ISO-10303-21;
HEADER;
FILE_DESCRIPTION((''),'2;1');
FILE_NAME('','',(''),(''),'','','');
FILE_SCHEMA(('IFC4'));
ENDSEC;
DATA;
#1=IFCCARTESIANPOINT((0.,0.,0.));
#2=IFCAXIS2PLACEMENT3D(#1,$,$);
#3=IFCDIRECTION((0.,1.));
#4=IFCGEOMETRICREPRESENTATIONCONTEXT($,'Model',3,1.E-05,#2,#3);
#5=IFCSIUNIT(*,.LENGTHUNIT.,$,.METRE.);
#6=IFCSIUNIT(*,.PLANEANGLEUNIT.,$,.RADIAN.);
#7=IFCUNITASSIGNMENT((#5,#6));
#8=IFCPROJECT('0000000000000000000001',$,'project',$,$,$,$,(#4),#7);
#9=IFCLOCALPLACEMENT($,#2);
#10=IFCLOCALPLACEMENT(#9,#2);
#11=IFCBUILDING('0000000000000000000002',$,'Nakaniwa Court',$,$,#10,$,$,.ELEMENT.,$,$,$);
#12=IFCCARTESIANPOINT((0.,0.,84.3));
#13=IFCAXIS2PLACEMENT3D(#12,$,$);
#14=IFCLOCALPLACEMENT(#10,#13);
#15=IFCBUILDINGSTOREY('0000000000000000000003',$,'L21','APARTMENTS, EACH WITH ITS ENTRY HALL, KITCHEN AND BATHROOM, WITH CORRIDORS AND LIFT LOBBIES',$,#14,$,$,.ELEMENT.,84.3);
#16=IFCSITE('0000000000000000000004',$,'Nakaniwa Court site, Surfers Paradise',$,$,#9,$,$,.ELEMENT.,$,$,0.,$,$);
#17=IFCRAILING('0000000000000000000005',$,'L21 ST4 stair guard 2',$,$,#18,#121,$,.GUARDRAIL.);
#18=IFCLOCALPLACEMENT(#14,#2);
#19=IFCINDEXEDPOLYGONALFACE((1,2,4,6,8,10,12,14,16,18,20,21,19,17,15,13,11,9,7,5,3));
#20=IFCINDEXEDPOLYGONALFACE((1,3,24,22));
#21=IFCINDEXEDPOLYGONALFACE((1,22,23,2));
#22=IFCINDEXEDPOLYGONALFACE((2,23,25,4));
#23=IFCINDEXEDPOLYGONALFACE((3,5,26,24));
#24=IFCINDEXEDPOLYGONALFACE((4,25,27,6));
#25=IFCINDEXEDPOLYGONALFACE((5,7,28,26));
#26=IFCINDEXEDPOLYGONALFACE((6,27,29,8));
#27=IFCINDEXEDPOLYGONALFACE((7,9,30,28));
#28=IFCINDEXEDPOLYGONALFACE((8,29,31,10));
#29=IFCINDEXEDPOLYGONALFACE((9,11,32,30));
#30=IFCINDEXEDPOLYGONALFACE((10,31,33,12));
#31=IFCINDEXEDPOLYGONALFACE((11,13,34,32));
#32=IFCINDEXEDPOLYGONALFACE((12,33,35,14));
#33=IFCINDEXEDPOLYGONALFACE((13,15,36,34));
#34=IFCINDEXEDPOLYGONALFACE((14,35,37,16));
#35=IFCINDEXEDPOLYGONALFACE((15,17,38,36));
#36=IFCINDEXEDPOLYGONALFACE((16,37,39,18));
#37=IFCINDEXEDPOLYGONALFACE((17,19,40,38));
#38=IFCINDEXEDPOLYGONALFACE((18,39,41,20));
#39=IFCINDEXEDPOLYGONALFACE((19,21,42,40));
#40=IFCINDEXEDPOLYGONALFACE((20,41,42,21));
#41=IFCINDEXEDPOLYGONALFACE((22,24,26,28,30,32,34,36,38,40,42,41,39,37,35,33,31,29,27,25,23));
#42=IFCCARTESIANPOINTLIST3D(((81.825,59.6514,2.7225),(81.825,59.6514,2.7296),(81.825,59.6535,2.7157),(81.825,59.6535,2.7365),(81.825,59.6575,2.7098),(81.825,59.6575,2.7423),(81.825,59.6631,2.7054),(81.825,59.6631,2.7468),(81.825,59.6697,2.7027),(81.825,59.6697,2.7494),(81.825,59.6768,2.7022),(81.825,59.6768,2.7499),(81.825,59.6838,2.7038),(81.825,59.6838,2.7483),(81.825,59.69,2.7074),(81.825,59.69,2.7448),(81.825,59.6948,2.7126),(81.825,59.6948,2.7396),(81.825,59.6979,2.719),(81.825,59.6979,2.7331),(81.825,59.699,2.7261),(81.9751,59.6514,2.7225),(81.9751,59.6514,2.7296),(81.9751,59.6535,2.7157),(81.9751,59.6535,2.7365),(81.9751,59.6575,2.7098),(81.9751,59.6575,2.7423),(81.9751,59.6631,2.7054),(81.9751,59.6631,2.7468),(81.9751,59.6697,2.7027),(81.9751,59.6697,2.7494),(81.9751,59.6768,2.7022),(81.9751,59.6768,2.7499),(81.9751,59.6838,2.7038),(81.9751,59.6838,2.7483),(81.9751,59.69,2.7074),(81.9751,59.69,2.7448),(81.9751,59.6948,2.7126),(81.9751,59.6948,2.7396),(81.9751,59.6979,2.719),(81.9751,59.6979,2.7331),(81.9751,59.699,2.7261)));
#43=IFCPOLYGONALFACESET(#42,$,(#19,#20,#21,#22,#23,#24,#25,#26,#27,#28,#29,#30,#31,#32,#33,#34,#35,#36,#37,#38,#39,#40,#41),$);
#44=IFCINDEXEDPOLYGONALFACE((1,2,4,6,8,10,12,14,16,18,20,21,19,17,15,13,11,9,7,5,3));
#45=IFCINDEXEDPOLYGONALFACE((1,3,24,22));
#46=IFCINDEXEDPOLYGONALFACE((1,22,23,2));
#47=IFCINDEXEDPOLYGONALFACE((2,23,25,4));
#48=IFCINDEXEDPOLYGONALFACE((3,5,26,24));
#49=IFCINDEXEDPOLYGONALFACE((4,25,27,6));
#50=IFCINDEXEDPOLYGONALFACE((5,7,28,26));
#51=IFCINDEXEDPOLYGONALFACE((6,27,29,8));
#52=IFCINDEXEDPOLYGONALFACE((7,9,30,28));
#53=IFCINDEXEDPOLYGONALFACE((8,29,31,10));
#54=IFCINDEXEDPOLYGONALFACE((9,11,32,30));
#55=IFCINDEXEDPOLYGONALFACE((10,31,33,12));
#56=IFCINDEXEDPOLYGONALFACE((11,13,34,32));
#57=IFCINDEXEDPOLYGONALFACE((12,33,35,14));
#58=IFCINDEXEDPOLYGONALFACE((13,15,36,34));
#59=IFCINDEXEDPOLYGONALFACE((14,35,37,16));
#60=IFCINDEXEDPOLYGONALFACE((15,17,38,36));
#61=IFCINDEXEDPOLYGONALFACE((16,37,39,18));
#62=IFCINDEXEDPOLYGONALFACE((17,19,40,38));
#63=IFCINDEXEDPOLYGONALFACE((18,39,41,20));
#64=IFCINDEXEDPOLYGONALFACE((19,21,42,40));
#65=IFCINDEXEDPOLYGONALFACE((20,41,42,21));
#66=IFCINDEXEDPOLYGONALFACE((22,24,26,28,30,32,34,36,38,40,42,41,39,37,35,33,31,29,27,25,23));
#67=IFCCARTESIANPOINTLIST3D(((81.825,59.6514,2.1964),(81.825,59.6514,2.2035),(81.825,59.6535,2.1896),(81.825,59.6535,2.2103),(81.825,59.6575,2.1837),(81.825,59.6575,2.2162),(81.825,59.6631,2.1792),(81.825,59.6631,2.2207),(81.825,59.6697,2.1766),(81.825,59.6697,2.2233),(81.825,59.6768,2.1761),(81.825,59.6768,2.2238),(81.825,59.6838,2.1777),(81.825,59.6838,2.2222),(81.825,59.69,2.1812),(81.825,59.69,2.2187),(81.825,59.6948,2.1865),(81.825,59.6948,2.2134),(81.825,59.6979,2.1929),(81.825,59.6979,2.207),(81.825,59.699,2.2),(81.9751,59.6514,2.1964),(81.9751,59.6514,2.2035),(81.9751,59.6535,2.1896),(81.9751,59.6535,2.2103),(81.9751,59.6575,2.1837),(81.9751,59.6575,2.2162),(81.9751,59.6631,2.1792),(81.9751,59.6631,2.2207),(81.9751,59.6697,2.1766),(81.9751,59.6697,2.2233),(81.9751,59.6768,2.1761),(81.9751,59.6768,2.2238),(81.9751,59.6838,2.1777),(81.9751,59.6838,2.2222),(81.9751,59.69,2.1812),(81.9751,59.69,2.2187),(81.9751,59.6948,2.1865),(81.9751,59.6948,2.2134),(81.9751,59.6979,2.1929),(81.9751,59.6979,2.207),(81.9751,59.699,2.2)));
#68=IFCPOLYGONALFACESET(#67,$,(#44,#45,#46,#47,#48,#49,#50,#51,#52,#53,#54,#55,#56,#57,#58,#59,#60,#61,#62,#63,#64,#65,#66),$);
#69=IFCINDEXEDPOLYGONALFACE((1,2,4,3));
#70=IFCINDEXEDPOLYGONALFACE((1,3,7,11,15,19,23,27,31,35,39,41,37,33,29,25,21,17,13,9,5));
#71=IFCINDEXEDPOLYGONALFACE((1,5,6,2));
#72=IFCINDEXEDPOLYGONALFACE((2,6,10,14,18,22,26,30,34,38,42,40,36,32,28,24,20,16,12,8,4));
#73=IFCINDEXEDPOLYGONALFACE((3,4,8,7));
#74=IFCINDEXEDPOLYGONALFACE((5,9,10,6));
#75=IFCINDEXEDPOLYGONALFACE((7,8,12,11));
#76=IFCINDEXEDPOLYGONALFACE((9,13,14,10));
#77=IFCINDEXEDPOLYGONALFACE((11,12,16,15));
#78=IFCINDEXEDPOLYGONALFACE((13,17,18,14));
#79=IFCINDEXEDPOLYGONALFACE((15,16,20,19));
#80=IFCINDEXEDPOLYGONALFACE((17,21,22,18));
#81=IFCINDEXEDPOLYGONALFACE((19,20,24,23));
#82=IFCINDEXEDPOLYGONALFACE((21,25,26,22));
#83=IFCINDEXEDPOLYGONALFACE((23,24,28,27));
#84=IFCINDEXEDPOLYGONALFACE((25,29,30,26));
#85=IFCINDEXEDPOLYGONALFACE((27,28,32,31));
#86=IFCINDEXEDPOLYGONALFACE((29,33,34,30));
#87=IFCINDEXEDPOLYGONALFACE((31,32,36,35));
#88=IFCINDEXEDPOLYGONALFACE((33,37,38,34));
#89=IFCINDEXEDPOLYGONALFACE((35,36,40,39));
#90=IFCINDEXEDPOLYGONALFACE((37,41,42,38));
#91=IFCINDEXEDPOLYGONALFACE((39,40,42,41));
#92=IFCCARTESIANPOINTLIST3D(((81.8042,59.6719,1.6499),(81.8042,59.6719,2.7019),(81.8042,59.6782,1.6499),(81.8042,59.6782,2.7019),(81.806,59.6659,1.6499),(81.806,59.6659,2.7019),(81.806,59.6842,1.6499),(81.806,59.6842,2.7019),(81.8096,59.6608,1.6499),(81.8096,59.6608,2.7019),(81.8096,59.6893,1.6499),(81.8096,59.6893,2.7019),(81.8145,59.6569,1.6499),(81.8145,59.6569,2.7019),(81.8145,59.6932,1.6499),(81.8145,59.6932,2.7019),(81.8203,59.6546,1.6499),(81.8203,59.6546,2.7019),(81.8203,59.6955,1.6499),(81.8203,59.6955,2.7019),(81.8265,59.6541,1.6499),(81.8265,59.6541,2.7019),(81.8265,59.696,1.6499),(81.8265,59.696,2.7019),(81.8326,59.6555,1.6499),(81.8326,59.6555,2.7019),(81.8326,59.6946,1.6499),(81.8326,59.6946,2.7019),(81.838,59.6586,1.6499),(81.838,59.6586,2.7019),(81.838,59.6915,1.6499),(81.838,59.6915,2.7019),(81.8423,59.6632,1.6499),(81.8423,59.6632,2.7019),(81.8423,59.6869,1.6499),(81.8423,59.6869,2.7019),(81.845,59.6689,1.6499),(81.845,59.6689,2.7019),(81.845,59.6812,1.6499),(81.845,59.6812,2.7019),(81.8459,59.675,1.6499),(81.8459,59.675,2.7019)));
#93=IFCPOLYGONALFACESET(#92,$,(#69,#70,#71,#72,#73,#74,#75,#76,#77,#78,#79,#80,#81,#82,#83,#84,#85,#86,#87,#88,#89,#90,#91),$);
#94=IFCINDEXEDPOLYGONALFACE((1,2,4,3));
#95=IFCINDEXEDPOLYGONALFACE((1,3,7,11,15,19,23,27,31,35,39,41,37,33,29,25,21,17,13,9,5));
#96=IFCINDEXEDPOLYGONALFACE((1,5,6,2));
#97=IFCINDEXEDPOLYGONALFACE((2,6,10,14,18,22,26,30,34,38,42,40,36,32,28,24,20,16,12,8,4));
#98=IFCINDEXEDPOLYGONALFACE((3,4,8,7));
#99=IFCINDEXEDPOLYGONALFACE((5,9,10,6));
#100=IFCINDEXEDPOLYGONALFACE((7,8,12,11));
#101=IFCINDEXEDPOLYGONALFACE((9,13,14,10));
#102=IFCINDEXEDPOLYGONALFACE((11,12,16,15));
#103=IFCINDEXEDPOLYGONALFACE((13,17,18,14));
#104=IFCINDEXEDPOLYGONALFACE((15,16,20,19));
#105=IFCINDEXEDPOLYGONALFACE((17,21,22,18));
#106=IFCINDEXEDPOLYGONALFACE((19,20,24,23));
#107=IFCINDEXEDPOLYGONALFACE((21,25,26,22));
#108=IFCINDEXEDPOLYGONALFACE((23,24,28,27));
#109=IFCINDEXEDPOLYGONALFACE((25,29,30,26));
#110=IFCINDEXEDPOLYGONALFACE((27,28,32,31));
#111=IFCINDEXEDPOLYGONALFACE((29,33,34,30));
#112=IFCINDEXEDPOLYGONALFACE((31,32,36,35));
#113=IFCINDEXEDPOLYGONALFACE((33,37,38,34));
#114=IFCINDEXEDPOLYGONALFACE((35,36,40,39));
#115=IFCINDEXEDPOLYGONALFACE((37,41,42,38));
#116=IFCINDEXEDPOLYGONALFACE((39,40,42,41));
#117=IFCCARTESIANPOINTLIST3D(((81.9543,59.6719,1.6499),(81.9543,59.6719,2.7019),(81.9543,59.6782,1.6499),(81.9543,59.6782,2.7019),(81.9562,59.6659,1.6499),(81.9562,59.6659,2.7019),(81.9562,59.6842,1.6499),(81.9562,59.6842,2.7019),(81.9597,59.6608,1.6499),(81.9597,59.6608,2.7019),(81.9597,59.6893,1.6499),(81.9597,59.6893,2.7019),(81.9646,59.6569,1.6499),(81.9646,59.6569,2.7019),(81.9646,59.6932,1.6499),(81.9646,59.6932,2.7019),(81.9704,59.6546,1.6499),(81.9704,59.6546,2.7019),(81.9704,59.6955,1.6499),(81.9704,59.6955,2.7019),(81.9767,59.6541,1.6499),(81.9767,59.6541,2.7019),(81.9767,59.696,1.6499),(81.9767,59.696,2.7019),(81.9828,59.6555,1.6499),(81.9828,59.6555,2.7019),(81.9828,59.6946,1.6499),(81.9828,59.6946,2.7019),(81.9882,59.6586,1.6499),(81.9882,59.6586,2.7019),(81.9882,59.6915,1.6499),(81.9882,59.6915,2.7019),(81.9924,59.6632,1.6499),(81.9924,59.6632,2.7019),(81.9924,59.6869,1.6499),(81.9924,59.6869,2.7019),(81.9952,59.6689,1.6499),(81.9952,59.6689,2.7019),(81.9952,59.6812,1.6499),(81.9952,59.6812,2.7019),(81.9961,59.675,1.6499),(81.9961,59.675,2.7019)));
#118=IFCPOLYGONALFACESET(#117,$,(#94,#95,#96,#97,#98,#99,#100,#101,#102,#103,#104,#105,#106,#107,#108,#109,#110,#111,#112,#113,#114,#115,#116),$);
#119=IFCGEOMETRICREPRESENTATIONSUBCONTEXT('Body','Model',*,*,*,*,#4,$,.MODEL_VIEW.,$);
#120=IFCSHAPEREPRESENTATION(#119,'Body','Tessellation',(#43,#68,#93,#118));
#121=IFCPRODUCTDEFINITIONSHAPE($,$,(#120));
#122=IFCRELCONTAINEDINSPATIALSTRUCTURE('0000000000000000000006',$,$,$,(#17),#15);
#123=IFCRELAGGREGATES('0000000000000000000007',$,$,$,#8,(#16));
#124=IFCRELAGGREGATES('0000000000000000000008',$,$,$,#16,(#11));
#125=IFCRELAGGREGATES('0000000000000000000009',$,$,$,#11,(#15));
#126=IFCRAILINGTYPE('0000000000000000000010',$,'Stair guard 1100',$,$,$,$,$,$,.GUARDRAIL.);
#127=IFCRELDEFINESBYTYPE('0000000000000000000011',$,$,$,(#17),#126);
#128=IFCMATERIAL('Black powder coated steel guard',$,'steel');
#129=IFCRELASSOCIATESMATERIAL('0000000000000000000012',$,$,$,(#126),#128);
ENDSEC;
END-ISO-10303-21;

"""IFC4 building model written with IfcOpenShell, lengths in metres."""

from ifc_helpers import new_model, si_unit, direction, frame, origin, origin_2d, place, context, subcontext, project, spatial, circle, extrude, material, type_object, element, save


model = new_model("IFC4")

# Units and contexts
model_context = context("Model", 3, precision=1e-05, world=origin(), true_north=direction((0.0, 1.0)))
body_context = subcontext(model_context, "Body", "Model", "MODEL_VIEW")
ifc_project = project(units=[si_unit("LENGTHUNIT", "METRE"), si_unit("PLANEANGLEUNIT", "RADIAN")], contexts=[model_context])

# Site, building, storey
site_placement = place(None, origin())
site = spatial("IfcSite", under=ifc_project, at=site_placement, Name="Nakaniwa Court site, Surfers Paradise", CompositionType="ELEMENT", RefElevation=0.0)
building_placement = place(site_placement, origin())
building = spatial("IfcBuilding", under=site, at=building_placement, Name="Nakaniwa Court", CompositionType="ELEMENT")
storey_placement = place(building_placement, frame((0.0, 0.0, 84.3)))
storey = spatial("IfcBuildingStorey", under=building, at=storey_placement, Name="L21", Description="APARTMENTS, EACH WITH ITS ENTRY HALL, KITCHEN AND BATHROOM, WITH CORRIDORS AND LIFT LOBBIES", CompositionType="ELEMENT", Elevation=84.3)

# Railing
ifc_material_1 = material(Name="Black powder coated steel guard", Category="steel")
railing_type_1 = type_object("IfcRailingType", Name="Stair guard 1100", PredefinedType="GUARDRAIL", material=ifc_material_1)
railing_1_placement = place(storey_placement, frame((81.825, 59.675, 1.6499)))
element("IfcRailing", 1, at=railing_1_placement, inside=storey, type_object=railing_type_1, Name="L21 ST4 stair guard 2", PredefinedType="GUARDRAIL", context=body_context, shape_type="SweptSolid", body=[
    extrude(circle(Radius=0.0239, at=origin_2d()), frame((0.0, 0.0, 1.0762), z_axis=(1.0, 0.0, 0.0), x_axis=(0.0, 1.0, 0.0)), (0.0, 0.0, 1.0), 0.1501),
    extrude(circle(Radius=0.0239, at=origin_2d()), frame((0.0, 0.0, 0.55), z_axis=(1.0, 0.0, 0.0), x_axis=(0.0, 1.0, 0.0)), (0.0, 0.0, 1.0), 0.1501),
    extrude(circle(Radius=0.021, at=origin_2d()), origin(), (0.0, 0.0, 1.0), 1.052),
    extrude(circle(Radius=0.021, at=origin_2d()), frame((0.1501, 0.0, 0.0)), (0.0, 0.0, 1.0), 1.052),
])

save(model, "model.ifc")
